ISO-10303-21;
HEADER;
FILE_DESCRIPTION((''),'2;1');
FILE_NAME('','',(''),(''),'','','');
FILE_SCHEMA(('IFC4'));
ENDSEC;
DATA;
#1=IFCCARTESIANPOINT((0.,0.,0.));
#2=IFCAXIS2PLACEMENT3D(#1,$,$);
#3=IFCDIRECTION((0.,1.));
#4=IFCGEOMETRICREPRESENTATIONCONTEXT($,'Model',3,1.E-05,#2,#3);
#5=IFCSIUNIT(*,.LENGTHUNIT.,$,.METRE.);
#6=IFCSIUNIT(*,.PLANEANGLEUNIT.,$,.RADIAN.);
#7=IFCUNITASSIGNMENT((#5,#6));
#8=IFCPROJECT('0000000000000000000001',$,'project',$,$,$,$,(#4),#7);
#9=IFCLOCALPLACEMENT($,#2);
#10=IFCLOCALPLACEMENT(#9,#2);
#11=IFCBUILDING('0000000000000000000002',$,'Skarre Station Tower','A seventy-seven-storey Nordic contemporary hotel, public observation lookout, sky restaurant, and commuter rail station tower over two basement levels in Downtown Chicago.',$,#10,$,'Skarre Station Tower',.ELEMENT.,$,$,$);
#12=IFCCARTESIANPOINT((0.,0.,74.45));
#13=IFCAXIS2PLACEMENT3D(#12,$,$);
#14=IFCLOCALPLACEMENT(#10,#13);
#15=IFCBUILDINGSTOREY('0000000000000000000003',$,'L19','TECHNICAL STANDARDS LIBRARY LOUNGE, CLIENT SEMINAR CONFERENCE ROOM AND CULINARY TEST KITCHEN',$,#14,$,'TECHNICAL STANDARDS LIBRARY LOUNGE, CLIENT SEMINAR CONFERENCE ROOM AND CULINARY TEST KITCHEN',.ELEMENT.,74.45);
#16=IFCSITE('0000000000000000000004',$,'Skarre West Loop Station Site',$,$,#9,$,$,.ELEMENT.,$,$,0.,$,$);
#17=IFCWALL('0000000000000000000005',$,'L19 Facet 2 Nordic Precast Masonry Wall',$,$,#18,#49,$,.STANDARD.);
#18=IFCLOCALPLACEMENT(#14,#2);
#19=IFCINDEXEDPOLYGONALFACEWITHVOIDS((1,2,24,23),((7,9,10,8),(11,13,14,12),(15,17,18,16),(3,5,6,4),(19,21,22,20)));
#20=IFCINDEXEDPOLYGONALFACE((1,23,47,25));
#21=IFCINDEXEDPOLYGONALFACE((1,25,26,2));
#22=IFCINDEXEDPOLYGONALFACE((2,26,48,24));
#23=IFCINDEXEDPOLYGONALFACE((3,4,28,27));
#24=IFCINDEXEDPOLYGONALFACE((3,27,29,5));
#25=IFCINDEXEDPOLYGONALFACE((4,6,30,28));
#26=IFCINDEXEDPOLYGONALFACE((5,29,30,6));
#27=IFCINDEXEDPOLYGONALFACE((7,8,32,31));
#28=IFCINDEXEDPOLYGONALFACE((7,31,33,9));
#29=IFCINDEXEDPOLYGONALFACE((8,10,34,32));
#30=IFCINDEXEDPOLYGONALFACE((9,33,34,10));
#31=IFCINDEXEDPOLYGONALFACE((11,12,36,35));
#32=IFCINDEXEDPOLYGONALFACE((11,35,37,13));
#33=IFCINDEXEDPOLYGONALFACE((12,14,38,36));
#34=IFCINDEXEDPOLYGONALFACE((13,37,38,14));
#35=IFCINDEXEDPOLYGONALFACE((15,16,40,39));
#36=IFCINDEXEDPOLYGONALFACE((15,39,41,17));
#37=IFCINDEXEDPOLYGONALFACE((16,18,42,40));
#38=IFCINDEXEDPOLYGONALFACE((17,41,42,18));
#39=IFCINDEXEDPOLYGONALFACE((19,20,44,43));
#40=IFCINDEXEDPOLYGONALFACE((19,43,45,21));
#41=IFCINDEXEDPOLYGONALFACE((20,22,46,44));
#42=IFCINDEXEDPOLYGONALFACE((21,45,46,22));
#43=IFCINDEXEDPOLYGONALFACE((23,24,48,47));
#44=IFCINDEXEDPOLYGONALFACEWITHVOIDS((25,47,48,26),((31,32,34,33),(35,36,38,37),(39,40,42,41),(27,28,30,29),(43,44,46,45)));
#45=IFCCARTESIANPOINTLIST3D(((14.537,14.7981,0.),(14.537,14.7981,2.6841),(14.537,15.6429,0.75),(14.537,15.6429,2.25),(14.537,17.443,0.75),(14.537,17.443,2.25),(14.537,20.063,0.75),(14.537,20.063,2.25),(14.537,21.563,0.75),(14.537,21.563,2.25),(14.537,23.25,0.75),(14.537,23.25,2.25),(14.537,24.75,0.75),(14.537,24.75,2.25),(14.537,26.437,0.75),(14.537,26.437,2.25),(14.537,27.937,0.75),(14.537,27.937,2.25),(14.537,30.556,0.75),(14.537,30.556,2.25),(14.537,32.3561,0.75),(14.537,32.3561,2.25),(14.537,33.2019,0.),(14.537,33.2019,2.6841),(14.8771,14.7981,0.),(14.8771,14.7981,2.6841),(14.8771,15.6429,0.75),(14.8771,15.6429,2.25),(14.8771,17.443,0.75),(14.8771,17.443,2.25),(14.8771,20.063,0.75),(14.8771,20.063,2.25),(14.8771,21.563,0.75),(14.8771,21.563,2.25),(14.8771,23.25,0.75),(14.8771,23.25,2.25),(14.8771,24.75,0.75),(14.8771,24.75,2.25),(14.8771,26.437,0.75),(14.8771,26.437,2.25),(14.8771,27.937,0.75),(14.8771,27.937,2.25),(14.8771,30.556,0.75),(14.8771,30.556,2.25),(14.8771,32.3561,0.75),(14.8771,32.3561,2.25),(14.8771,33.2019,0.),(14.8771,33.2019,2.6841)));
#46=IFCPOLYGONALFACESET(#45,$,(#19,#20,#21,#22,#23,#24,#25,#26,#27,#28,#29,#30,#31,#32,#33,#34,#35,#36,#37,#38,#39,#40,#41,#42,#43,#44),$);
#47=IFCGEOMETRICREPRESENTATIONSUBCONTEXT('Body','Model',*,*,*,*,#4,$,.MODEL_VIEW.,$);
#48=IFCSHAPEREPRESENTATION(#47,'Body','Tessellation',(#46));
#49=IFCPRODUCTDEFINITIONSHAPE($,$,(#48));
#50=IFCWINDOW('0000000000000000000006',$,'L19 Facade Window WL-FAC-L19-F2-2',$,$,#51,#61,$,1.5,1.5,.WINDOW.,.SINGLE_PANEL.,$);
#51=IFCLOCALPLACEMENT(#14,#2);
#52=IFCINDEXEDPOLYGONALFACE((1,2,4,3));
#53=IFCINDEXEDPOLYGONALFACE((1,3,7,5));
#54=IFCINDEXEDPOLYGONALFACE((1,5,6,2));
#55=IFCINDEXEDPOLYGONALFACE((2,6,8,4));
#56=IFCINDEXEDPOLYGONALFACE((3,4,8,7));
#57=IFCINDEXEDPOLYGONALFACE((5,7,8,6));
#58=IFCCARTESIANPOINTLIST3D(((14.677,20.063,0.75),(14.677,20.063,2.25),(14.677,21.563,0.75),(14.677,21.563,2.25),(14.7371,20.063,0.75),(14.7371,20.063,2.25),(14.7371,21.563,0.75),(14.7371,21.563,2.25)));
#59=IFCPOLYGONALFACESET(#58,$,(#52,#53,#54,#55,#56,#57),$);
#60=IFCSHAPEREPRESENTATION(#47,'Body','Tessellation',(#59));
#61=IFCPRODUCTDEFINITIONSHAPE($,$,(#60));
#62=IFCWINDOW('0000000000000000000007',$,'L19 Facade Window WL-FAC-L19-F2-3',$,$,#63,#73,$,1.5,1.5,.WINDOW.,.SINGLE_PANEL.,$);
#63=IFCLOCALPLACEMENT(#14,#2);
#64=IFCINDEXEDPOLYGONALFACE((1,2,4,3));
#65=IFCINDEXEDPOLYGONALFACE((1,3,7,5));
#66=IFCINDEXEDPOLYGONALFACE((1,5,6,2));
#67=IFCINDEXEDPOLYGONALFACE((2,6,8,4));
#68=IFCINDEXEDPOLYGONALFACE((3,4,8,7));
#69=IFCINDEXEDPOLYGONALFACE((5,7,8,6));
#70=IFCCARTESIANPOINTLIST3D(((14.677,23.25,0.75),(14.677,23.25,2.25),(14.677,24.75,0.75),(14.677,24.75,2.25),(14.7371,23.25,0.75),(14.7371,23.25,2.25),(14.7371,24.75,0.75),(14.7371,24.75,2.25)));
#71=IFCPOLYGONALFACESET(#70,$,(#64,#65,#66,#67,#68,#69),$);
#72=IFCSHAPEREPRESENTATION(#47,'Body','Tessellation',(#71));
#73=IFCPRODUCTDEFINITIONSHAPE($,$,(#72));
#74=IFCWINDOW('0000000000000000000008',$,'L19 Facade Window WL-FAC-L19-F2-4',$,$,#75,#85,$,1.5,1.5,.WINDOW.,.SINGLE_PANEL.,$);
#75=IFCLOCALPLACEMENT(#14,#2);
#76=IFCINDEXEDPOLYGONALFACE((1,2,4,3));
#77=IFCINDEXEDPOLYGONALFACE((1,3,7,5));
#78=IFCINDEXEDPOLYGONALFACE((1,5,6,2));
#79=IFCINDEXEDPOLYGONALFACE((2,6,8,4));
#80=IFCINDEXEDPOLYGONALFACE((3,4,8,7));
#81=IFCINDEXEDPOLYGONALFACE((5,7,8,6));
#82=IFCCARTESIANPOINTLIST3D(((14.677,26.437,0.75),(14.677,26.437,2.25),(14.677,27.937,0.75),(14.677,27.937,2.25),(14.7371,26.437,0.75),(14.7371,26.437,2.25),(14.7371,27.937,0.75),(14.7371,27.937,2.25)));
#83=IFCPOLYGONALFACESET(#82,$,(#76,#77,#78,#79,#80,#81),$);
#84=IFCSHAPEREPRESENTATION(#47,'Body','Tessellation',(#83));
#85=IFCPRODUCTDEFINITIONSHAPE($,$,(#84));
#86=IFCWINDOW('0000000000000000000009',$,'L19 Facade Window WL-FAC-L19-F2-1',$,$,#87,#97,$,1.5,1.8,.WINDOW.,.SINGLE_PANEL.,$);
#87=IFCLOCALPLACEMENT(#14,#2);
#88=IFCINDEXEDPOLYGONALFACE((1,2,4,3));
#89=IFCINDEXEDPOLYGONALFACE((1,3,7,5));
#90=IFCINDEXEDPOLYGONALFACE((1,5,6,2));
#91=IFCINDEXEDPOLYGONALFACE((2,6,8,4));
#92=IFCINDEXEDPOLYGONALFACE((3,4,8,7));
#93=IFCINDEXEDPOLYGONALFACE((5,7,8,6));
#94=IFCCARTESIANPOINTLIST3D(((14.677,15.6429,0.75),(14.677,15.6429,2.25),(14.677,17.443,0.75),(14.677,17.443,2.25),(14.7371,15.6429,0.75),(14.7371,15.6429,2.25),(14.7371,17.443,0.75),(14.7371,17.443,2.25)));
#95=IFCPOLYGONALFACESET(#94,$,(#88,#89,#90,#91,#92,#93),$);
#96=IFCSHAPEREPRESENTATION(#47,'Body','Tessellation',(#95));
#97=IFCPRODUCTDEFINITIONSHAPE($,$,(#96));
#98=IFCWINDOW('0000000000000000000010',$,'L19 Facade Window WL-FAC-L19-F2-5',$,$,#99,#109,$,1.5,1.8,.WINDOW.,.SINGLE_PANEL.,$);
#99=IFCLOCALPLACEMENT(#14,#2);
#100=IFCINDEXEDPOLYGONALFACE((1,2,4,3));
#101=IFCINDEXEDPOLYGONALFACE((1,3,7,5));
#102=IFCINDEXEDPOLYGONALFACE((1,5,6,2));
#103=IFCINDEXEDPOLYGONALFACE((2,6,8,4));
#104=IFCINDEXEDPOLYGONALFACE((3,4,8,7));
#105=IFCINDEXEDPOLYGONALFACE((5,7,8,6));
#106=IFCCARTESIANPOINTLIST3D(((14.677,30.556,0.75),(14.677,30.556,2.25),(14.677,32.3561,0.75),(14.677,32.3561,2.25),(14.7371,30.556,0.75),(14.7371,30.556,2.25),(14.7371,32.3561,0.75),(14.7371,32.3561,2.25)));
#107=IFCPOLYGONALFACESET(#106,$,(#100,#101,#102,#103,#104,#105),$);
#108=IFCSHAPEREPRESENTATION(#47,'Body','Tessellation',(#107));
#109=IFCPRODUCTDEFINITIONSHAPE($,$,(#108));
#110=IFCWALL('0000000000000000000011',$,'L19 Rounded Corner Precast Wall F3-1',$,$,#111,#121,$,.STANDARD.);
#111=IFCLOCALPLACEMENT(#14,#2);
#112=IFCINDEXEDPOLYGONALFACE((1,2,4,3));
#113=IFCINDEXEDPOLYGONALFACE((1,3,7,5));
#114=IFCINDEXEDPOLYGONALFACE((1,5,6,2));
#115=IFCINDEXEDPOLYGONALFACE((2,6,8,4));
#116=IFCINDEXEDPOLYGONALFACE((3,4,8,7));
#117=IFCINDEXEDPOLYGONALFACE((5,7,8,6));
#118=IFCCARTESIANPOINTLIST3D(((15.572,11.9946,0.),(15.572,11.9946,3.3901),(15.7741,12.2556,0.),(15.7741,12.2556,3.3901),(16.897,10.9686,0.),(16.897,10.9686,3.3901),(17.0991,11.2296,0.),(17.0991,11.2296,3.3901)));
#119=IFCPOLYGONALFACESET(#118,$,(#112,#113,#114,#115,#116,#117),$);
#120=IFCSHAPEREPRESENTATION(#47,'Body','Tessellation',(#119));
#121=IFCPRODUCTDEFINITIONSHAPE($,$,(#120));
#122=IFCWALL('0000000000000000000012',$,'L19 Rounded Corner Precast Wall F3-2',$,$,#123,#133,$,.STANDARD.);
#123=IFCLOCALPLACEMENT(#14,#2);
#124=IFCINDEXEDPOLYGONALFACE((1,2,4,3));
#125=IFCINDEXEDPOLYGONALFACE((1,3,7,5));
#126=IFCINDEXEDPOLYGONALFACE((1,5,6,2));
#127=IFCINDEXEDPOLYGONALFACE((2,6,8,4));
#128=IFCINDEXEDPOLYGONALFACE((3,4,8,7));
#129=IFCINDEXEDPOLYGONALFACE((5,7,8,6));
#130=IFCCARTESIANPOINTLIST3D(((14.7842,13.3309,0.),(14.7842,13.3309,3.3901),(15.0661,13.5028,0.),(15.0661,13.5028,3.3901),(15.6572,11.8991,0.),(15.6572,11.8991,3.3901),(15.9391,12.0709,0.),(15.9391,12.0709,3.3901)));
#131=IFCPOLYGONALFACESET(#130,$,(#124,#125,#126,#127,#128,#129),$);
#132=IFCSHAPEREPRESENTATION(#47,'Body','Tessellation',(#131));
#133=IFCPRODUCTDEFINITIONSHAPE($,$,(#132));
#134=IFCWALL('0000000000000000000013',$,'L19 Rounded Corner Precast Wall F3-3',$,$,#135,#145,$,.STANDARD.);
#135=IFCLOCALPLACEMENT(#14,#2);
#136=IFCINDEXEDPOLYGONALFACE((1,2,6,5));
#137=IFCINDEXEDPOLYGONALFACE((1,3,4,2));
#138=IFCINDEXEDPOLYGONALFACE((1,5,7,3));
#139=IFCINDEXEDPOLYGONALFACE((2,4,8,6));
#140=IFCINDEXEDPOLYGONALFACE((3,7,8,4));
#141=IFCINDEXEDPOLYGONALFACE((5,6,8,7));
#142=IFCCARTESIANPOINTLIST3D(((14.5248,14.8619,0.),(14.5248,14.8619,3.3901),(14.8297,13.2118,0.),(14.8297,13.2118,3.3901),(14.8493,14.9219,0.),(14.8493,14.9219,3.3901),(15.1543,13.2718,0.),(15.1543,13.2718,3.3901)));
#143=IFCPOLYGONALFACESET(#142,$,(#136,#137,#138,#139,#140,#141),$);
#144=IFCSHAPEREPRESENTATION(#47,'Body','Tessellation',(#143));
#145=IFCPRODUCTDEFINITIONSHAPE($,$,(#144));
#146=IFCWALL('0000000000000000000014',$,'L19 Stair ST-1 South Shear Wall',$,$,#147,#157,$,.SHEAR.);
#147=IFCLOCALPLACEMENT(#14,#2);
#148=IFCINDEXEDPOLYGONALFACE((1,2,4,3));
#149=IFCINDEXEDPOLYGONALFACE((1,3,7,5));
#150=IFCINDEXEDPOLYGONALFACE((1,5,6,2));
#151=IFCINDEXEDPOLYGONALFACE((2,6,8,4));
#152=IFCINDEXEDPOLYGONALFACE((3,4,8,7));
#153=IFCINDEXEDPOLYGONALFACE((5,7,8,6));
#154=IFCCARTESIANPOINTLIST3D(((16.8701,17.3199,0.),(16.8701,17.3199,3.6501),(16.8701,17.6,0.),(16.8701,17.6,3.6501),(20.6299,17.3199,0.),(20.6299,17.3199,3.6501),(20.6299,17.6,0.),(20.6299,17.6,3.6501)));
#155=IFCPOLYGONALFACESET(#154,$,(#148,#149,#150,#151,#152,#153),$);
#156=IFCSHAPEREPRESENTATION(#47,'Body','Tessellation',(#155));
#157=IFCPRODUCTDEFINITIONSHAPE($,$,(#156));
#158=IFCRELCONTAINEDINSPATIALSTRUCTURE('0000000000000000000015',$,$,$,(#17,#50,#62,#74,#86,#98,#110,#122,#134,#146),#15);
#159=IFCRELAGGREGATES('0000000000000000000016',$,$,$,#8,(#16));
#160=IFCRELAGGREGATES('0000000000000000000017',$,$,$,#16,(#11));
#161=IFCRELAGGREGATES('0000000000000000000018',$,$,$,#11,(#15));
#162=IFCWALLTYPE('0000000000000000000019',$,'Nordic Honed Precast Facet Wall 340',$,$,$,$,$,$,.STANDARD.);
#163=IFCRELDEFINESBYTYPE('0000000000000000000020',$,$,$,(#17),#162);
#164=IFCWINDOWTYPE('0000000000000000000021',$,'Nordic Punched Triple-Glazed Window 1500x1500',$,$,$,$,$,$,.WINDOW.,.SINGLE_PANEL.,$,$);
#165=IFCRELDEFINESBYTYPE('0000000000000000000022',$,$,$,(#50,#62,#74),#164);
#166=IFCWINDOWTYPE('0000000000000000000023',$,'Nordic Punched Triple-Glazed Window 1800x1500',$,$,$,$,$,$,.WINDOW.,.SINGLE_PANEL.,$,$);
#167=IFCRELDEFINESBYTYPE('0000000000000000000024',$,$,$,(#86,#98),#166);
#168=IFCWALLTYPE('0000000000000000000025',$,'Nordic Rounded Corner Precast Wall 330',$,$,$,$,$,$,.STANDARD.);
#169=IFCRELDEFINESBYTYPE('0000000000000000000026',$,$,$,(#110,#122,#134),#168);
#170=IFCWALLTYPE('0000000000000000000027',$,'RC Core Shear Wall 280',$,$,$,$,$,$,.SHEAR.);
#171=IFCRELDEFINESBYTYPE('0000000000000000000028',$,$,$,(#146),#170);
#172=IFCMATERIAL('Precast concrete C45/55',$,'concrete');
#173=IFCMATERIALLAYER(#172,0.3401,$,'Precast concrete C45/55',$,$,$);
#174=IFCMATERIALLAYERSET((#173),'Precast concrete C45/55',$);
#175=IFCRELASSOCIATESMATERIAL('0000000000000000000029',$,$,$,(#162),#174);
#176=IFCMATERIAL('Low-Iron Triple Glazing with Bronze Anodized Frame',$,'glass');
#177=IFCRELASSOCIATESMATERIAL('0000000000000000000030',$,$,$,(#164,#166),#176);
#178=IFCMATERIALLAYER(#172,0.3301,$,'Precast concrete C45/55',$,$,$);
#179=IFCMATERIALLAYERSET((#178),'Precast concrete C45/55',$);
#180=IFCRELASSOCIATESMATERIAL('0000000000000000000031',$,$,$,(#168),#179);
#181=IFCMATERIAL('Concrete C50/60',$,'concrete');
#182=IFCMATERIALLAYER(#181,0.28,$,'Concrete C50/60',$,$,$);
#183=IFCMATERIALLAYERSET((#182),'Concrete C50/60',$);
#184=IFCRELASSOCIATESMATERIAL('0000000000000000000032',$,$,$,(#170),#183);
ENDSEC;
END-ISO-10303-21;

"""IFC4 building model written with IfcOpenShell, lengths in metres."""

from ifc_helpers import new_model, si_unit, direction, frame, frame_2d, origin, place, context, subcontext, project, spatial, rectangle, extrude, material, layer, layer_set, type_object, element, fill, save


model = new_model("IFC4")

# Units and contexts
model_context = context("Model", 3, precision=1e-05, world=origin(), true_north=direction((0.0, 1.0)))
body_context = subcontext(model_context, "Body", "Model", "MODEL_VIEW")
ifc_project = project(units=[si_unit("LENGTHUNIT", "METRE"), si_unit("PLANEANGLEUNIT", "RADIAN")], contexts=[model_context])

# Site, building, storey
site_placement = place(None, origin())
site = spatial("IfcSite", under=ifc_project, at=site_placement, Name="Skarre West Loop Station Site", CompositionType="ELEMENT", RefElevation=0.0)
building_placement = place(site_placement, origin())
building = spatial("IfcBuilding", under=site, at=building_placement, Name="Skarre Station Tower", Description="A seventy-seven-storey Nordic contemporary hotel, public observation lookout, sky restaurant, and commuter rail station tower over two basement levels in Downtown Chicago.", LongName="Skarre Station Tower", CompositionType="ELEMENT")
storey_placement = place(building_placement, frame((0.0, 0.0, 74.45)))
storey = spatial("IfcBuildingStorey", under=building, at=storey_placement, Name="L19", Description="TECHNICAL STANDARDS LIBRARY LOUNGE, CLIENT SEMINAR CONFERENCE ROOM AND CULINARY TEST KITCHEN", LongName="TECHNICAL STANDARDS LIBRARY LOUNGE, CLIENT SEMINAR CONFERENCE ROOM AND CULINARY TEST KITCHEN", CompositionType="ELEMENT", Elevation=74.45)

# Shared definitions
ifc_material_1 = material(Name="Concrete C50/60", Category="concrete")

# Wall, openings, windows
ifc_material_2 = material(Name="Precast concrete C45/55", Category="concrete")
ifc_layer_1 = layer(ifc_material_2, 0.3401, Name="Precast concrete C45/55")
ifc_layer_set_1 = layer_set([ifc_layer_1], Name="Precast concrete C45/55")
wall_type_1 = type_object("IfcWallType", Name="Nordic Honed Precast Facet Wall 340", PredefinedType="STANDARD", material=ifc_layer_set_1)
wall_1_placement = place(storey_placement, frame((14.707, 14.7981, 0.0), z_axis=(0.0, 0.0, 1.0), x_axis=(0.0, 1.0, 0.0)))
wall_1 = element("IfcWall", 1, at=wall_1_placement, inside=storey, type_object=wall_type_1, Name="L19 Facet 2 Nordic Precast Masonry Wall", PredefinedType="STANDARD", context=body_context, shape_type="SweptSolid", body=[
    extrude(rectangle(XDim=18.4038, YDim=0.3401, at=frame_2d((9.2019, 0.0))), origin(), (0.0, 0.0, 1.0), 2.6841),
])
opening_1_placement = place(wall_1_placement, frame((0.845, 0.0, 0.75)))
opening_1 = element("IfcOpeningElement", 2, at=opening_1_placement, cuts=wall_1, PredefinedType="OPENING", context=body_context, shape_type="SweptSolid", body=[
    extrude(rectangle(XDim=1.8, YDim=1.5, at=frame_2d((0.8999, 0.75))), frame((0.0, 0.1799, 0.0), z_axis=(0.0, -1.0, 0.0), x_axis=(1.0, 0.0, 0.0)), (0.0, 0.0, 1.0), 0.3601),
])
opening_2_placement = place(wall_1_placement, frame((5.2649, 0.0, 0.75)))
opening_2 = element("IfcOpeningElement", 3, at=opening_2_placement, cuts=wall_1, PredefinedType="OPENING", context=body_context, shape_type="SweptSolid", body=[
    extrude(rectangle(XDim=1.5, YDim=1.5, at=frame_2d((0.75, 0.75))), frame((0.0, 0.1799, 0.0), z_axis=(0.0, -1.0, 0.0), x_axis=(1.0, 0.0, 0.0)), (0.0, 0.0, 1.0), 0.3601),
])
opening_3_placement = place(wall_1_placement, frame((8.4519, 0.0, 0.75)))
opening_3 = element("IfcOpeningElement", 4, at=opening_3_placement, cuts=wall_1, PredefinedType="OPENING", context=body_context, shape_type="SweptSolid", body=[
    extrude(rectangle(XDim=1.5, YDim=1.5, at=frame_2d((0.75, 0.75))), frame((0.0, 0.1799, 0.0), z_axis=(0.0, -1.0, 0.0), x_axis=(1.0, 0.0, 0.0)), (0.0, 0.0, 1.0), 0.3601),
])
opening_4_placement = place(wall_1_placement, frame((11.6389, 0.0, 0.75)))
opening_4 = element("IfcOpeningElement", 5, at=opening_4_placement, cuts=wall_1, PredefinedType="OPENING", context=body_context, shape_type="SweptSolid", body=[
    extrude(rectangle(XDim=1.5, YDim=1.5, at=frame_2d((0.75, 0.75))), frame((0.0, 0.1799, 0.0), z_axis=(0.0, -1.0, 0.0), x_axis=(1.0, 0.0, 0.0)), (0.0, 0.0, 1.0), 0.3601),
])
opening_5_placement = place(wall_1_placement, frame((15.7581, 0.0, 0.75)))
opening_5 = element("IfcOpeningElement", 6, at=opening_5_placement, cuts=wall_1, PredefinedType="OPENING", context=body_context, shape_type="SweptSolid", body=[
    extrude(rectangle(XDim=1.8, YDim=1.5, at=frame_2d((0.8999, 0.75))), frame((0.0, 0.1799, 0.0), z_axis=(0.0, -1.0, 0.0), x_axis=(1.0, 0.0, 0.0)), (0.0, 0.0, 1.0), 0.3601),
])
ifc_material_3 = material(Name="Low-Iron Triple Glazing with Bronze Anodized Frame", Category="glass")
window_type_1 = type_object("IfcWindowType", Name="Nordic Punched Triple-Glazed Window 1500x1500", PartitioningType="SINGLE_PANEL", PredefinedType="WINDOW", material=ifc_material_3)
window_1_placement = place(opening_2_placement, origin())
window_1 = element("IfcWindow", 7, at=window_1_placement, inside=storey, type_object=window_type_1, Name="L19 Facade Window WL-FAC-L19-F2-2", OverallHeight=1.5, OverallWidth=1.5, PartitioningType="SINGLE_PANEL", PredefinedType="WINDOW", context=body_context, shape_type="SweptSolid", body=[
    extrude(rectangle(XDim=1.5, YDim=1.5, at=frame_2d((0.75, 0.75))), frame((0.0, 0.03, 0.0), z_axis=(0.0, -1.0, 0.0), x_axis=(1.0, 0.0, 0.0)), (0.0, 0.0, 1.0), 0.0601),
])
fill(opening_2, window_1)
window_2_placement = place(opening_3_placement, origin())
window_2 = element("IfcWindow", 8, at=window_2_placement, inside=storey, type_object=window_type_1, Name="L19 Facade Window WL-FAC-L19-F2-3", OverallHeight=1.5, OverallWidth=1.5, PartitioningType="SINGLE_PANEL", PredefinedType="WINDOW", context=body_context, shape_type="SweptSolid", body=[
    extrude(rectangle(XDim=1.5, YDim=1.5, at=frame_2d((0.75, 0.75))), frame((0.0, 0.03, 0.0), z_axis=(0.0, -1.0, 0.0), x_axis=(1.0, 0.0, 0.0)), (0.0, 0.0, 1.0), 0.0601),
])
fill(opening_3, window_2)
window_3_placement = place(opening_4_placement, origin())
window_3 = element("IfcWindow", 9, at=window_3_placement, inside=storey, type_object=window_type_1, Name="L19 Facade Window WL-FAC-L19-F2-4", OverallHeight=1.5, OverallWidth=1.5, PartitioningType="SINGLE_PANEL", PredefinedType="WINDOW", context=body_context, shape_type="SweptSolid", body=[
    extrude(rectangle(XDim=1.5, YDim=1.5, at=frame_2d((0.75, 0.75))), frame((0.0, 0.03, 0.0), z_axis=(0.0, -1.0, 0.0), x_axis=(1.0, 0.0, 0.0)), (0.0, 0.0, 1.0), 0.0601),
])
fill(opening_4, window_3)
window_type_2 = type_object("IfcWindowType", Name="Nordic Punched Triple-Glazed Window 1800x1500", PartitioningType="SINGLE_PANEL", PredefinedType="WINDOW", material=ifc_material_3)
window_4_placement = place(opening_1_placement, origin())
window_4 = element("IfcWindow", 10, at=window_4_placement, inside=storey, type_object=window_type_2, Name="L19 Facade Window WL-FAC-L19-F2-1", OverallHeight=1.5, OverallWidth=1.8, PartitioningType="SINGLE_PANEL", PredefinedType="WINDOW", context=body_context, shape_type="SweptSolid", body=[
    extrude(rectangle(XDim=1.8, YDim=1.5, at=frame_2d((0.8999, 0.75))), frame((0.0, 0.03, 0.0), z_axis=(0.0, -1.0, 0.0), x_axis=(1.0, 0.0, 0.0)), (0.0, 0.0, 1.0), 0.0601),
])
fill(opening_1, window_4)
window_5_placement = place(opening_5_placement, origin())
window_5 = element("IfcWindow", 11, at=window_5_placement, inside=storey, type_object=window_type_2, Name="L19 Facade Window WL-FAC-L19-F2-5", OverallHeight=1.5, OverallWidth=1.8, PartitioningType="SINGLE_PANEL", PredefinedType="WINDOW", context=body_context, shape_type="SweptSolid", body=[
    extrude(rectangle(XDim=1.8, YDim=1.5, at=frame_2d((0.8999, 0.75))), frame((0.0, 0.03, 0.0), z_axis=(0.0, -1.0, 0.0), x_axis=(1.0, 0.0, 0.0)), (0.0, 0.0, 1.0), 0.0601),
])
fill(opening_5, window_5)

# Walls
ifc_layer_2 = layer(ifc_material_2, 0.3301, Name="Precast concrete C45/55")
ifc_layer_set_2 = layer_set([ifc_layer_2], Name="Precast concrete C45/55")
wall_type_2 = type_object("IfcWallType", Name="Nordic Rounded Corner Precast Wall 330", PredefinedType="STANDARD", material=ifc_layer_set_2)
wall_2_placement = place(storey_placement, frame((16.998, 11.0991, 0.0), z_axis=(0.0, 0.0, 1.0), x_axis=(-0.790692, 0.612214, 0.0)))
element("IfcWall", 12, at=wall_2_placement, inside=storey, type_object=wall_type_2, Name="L19 Rounded Corner Precast Wall F3-1", PredefinedType="STANDARD", context=body_context, shape_type="SweptSolid", body=[
    extrude(rectangle(XDim=1.6758, YDim=0.3301, at=frame_2d((0.8379, 0.0))), origin(), (0.0, 0.0, 1.0), 3.3901),
])
wall_3_placement = place(storey_placement, frame((15.7981, 11.9851, 0.0), z_axis=(0.0, 0.0, 1.0), x_axis=(-0.520584, 0.85381, 0.0)))
element("IfcWall", 13, at=wall_3_placement, inside=storey, type_object=wall_type_2, Name="L19 Rounded Corner Precast Wall F3-2", PredefinedType="STANDARD", context=body_context, shape_type="SweptSolid", body=[
    extrude(rectangle(XDim=1.677, YDim=0.3301, at=frame_2d((0.8384, 0.0))), origin(), (0.0, 0.0, 1.0), 3.3901),
])
wall_4_placement = place(storey_placement, frame((14.9919, 13.2419, 0.0), z_axis=(0.0, 0.0, 1.0), x_axis=(-0.181714, 0.983351, 0.0)))
element("IfcWall", 14, at=wall_4_placement, inside=storey, type_object=wall_type_2, Name="L19 Rounded Corner Precast Wall F3-3", PredefinedType="STANDARD", context=body_context, shape_type="SweptSolid", body=[
    extrude(rectangle(XDim=1.678, YDim=0.3301, at=frame_2d((0.8389, 0.0))), origin(), (0.0, 0.0, 1.0), 3.3901),
])
ifc_layer_3 = layer(ifc_material_1, 0.28, Name="Concrete C50/60")
ifc_layer_set_3 = layer_set([ifc_layer_3], Name="Concrete C50/60")
wall_type_3 = type_object("IfcWallType", Name="RC Core Shear Wall 280", PredefinedType="SHEAR", material=ifc_layer_set_3)
wall_5_placement = place(storey_placement, frame((16.8701, 17.46, 0.0), z_axis=(0.0, 0.0, 1.0), x_axis=(1.0, 0.0, 0.0)))
element("IfcWall", 15, at=wall_5_placement, inside=storey, type_object=wall_type_3, Name="L19 Stair ST-1 South Shear Wall", PredefinedType="SHEAR", context=body_context, shape_type="SweptSolid", body=[
    extrude(rectangle(XDim=3.7598, YDim=0.28, at=frame_2d((1.8799, 0.0))), origin(), (0.0, 0.0, 1.0), 3.6501),
])

save(model, "model.ifc")
